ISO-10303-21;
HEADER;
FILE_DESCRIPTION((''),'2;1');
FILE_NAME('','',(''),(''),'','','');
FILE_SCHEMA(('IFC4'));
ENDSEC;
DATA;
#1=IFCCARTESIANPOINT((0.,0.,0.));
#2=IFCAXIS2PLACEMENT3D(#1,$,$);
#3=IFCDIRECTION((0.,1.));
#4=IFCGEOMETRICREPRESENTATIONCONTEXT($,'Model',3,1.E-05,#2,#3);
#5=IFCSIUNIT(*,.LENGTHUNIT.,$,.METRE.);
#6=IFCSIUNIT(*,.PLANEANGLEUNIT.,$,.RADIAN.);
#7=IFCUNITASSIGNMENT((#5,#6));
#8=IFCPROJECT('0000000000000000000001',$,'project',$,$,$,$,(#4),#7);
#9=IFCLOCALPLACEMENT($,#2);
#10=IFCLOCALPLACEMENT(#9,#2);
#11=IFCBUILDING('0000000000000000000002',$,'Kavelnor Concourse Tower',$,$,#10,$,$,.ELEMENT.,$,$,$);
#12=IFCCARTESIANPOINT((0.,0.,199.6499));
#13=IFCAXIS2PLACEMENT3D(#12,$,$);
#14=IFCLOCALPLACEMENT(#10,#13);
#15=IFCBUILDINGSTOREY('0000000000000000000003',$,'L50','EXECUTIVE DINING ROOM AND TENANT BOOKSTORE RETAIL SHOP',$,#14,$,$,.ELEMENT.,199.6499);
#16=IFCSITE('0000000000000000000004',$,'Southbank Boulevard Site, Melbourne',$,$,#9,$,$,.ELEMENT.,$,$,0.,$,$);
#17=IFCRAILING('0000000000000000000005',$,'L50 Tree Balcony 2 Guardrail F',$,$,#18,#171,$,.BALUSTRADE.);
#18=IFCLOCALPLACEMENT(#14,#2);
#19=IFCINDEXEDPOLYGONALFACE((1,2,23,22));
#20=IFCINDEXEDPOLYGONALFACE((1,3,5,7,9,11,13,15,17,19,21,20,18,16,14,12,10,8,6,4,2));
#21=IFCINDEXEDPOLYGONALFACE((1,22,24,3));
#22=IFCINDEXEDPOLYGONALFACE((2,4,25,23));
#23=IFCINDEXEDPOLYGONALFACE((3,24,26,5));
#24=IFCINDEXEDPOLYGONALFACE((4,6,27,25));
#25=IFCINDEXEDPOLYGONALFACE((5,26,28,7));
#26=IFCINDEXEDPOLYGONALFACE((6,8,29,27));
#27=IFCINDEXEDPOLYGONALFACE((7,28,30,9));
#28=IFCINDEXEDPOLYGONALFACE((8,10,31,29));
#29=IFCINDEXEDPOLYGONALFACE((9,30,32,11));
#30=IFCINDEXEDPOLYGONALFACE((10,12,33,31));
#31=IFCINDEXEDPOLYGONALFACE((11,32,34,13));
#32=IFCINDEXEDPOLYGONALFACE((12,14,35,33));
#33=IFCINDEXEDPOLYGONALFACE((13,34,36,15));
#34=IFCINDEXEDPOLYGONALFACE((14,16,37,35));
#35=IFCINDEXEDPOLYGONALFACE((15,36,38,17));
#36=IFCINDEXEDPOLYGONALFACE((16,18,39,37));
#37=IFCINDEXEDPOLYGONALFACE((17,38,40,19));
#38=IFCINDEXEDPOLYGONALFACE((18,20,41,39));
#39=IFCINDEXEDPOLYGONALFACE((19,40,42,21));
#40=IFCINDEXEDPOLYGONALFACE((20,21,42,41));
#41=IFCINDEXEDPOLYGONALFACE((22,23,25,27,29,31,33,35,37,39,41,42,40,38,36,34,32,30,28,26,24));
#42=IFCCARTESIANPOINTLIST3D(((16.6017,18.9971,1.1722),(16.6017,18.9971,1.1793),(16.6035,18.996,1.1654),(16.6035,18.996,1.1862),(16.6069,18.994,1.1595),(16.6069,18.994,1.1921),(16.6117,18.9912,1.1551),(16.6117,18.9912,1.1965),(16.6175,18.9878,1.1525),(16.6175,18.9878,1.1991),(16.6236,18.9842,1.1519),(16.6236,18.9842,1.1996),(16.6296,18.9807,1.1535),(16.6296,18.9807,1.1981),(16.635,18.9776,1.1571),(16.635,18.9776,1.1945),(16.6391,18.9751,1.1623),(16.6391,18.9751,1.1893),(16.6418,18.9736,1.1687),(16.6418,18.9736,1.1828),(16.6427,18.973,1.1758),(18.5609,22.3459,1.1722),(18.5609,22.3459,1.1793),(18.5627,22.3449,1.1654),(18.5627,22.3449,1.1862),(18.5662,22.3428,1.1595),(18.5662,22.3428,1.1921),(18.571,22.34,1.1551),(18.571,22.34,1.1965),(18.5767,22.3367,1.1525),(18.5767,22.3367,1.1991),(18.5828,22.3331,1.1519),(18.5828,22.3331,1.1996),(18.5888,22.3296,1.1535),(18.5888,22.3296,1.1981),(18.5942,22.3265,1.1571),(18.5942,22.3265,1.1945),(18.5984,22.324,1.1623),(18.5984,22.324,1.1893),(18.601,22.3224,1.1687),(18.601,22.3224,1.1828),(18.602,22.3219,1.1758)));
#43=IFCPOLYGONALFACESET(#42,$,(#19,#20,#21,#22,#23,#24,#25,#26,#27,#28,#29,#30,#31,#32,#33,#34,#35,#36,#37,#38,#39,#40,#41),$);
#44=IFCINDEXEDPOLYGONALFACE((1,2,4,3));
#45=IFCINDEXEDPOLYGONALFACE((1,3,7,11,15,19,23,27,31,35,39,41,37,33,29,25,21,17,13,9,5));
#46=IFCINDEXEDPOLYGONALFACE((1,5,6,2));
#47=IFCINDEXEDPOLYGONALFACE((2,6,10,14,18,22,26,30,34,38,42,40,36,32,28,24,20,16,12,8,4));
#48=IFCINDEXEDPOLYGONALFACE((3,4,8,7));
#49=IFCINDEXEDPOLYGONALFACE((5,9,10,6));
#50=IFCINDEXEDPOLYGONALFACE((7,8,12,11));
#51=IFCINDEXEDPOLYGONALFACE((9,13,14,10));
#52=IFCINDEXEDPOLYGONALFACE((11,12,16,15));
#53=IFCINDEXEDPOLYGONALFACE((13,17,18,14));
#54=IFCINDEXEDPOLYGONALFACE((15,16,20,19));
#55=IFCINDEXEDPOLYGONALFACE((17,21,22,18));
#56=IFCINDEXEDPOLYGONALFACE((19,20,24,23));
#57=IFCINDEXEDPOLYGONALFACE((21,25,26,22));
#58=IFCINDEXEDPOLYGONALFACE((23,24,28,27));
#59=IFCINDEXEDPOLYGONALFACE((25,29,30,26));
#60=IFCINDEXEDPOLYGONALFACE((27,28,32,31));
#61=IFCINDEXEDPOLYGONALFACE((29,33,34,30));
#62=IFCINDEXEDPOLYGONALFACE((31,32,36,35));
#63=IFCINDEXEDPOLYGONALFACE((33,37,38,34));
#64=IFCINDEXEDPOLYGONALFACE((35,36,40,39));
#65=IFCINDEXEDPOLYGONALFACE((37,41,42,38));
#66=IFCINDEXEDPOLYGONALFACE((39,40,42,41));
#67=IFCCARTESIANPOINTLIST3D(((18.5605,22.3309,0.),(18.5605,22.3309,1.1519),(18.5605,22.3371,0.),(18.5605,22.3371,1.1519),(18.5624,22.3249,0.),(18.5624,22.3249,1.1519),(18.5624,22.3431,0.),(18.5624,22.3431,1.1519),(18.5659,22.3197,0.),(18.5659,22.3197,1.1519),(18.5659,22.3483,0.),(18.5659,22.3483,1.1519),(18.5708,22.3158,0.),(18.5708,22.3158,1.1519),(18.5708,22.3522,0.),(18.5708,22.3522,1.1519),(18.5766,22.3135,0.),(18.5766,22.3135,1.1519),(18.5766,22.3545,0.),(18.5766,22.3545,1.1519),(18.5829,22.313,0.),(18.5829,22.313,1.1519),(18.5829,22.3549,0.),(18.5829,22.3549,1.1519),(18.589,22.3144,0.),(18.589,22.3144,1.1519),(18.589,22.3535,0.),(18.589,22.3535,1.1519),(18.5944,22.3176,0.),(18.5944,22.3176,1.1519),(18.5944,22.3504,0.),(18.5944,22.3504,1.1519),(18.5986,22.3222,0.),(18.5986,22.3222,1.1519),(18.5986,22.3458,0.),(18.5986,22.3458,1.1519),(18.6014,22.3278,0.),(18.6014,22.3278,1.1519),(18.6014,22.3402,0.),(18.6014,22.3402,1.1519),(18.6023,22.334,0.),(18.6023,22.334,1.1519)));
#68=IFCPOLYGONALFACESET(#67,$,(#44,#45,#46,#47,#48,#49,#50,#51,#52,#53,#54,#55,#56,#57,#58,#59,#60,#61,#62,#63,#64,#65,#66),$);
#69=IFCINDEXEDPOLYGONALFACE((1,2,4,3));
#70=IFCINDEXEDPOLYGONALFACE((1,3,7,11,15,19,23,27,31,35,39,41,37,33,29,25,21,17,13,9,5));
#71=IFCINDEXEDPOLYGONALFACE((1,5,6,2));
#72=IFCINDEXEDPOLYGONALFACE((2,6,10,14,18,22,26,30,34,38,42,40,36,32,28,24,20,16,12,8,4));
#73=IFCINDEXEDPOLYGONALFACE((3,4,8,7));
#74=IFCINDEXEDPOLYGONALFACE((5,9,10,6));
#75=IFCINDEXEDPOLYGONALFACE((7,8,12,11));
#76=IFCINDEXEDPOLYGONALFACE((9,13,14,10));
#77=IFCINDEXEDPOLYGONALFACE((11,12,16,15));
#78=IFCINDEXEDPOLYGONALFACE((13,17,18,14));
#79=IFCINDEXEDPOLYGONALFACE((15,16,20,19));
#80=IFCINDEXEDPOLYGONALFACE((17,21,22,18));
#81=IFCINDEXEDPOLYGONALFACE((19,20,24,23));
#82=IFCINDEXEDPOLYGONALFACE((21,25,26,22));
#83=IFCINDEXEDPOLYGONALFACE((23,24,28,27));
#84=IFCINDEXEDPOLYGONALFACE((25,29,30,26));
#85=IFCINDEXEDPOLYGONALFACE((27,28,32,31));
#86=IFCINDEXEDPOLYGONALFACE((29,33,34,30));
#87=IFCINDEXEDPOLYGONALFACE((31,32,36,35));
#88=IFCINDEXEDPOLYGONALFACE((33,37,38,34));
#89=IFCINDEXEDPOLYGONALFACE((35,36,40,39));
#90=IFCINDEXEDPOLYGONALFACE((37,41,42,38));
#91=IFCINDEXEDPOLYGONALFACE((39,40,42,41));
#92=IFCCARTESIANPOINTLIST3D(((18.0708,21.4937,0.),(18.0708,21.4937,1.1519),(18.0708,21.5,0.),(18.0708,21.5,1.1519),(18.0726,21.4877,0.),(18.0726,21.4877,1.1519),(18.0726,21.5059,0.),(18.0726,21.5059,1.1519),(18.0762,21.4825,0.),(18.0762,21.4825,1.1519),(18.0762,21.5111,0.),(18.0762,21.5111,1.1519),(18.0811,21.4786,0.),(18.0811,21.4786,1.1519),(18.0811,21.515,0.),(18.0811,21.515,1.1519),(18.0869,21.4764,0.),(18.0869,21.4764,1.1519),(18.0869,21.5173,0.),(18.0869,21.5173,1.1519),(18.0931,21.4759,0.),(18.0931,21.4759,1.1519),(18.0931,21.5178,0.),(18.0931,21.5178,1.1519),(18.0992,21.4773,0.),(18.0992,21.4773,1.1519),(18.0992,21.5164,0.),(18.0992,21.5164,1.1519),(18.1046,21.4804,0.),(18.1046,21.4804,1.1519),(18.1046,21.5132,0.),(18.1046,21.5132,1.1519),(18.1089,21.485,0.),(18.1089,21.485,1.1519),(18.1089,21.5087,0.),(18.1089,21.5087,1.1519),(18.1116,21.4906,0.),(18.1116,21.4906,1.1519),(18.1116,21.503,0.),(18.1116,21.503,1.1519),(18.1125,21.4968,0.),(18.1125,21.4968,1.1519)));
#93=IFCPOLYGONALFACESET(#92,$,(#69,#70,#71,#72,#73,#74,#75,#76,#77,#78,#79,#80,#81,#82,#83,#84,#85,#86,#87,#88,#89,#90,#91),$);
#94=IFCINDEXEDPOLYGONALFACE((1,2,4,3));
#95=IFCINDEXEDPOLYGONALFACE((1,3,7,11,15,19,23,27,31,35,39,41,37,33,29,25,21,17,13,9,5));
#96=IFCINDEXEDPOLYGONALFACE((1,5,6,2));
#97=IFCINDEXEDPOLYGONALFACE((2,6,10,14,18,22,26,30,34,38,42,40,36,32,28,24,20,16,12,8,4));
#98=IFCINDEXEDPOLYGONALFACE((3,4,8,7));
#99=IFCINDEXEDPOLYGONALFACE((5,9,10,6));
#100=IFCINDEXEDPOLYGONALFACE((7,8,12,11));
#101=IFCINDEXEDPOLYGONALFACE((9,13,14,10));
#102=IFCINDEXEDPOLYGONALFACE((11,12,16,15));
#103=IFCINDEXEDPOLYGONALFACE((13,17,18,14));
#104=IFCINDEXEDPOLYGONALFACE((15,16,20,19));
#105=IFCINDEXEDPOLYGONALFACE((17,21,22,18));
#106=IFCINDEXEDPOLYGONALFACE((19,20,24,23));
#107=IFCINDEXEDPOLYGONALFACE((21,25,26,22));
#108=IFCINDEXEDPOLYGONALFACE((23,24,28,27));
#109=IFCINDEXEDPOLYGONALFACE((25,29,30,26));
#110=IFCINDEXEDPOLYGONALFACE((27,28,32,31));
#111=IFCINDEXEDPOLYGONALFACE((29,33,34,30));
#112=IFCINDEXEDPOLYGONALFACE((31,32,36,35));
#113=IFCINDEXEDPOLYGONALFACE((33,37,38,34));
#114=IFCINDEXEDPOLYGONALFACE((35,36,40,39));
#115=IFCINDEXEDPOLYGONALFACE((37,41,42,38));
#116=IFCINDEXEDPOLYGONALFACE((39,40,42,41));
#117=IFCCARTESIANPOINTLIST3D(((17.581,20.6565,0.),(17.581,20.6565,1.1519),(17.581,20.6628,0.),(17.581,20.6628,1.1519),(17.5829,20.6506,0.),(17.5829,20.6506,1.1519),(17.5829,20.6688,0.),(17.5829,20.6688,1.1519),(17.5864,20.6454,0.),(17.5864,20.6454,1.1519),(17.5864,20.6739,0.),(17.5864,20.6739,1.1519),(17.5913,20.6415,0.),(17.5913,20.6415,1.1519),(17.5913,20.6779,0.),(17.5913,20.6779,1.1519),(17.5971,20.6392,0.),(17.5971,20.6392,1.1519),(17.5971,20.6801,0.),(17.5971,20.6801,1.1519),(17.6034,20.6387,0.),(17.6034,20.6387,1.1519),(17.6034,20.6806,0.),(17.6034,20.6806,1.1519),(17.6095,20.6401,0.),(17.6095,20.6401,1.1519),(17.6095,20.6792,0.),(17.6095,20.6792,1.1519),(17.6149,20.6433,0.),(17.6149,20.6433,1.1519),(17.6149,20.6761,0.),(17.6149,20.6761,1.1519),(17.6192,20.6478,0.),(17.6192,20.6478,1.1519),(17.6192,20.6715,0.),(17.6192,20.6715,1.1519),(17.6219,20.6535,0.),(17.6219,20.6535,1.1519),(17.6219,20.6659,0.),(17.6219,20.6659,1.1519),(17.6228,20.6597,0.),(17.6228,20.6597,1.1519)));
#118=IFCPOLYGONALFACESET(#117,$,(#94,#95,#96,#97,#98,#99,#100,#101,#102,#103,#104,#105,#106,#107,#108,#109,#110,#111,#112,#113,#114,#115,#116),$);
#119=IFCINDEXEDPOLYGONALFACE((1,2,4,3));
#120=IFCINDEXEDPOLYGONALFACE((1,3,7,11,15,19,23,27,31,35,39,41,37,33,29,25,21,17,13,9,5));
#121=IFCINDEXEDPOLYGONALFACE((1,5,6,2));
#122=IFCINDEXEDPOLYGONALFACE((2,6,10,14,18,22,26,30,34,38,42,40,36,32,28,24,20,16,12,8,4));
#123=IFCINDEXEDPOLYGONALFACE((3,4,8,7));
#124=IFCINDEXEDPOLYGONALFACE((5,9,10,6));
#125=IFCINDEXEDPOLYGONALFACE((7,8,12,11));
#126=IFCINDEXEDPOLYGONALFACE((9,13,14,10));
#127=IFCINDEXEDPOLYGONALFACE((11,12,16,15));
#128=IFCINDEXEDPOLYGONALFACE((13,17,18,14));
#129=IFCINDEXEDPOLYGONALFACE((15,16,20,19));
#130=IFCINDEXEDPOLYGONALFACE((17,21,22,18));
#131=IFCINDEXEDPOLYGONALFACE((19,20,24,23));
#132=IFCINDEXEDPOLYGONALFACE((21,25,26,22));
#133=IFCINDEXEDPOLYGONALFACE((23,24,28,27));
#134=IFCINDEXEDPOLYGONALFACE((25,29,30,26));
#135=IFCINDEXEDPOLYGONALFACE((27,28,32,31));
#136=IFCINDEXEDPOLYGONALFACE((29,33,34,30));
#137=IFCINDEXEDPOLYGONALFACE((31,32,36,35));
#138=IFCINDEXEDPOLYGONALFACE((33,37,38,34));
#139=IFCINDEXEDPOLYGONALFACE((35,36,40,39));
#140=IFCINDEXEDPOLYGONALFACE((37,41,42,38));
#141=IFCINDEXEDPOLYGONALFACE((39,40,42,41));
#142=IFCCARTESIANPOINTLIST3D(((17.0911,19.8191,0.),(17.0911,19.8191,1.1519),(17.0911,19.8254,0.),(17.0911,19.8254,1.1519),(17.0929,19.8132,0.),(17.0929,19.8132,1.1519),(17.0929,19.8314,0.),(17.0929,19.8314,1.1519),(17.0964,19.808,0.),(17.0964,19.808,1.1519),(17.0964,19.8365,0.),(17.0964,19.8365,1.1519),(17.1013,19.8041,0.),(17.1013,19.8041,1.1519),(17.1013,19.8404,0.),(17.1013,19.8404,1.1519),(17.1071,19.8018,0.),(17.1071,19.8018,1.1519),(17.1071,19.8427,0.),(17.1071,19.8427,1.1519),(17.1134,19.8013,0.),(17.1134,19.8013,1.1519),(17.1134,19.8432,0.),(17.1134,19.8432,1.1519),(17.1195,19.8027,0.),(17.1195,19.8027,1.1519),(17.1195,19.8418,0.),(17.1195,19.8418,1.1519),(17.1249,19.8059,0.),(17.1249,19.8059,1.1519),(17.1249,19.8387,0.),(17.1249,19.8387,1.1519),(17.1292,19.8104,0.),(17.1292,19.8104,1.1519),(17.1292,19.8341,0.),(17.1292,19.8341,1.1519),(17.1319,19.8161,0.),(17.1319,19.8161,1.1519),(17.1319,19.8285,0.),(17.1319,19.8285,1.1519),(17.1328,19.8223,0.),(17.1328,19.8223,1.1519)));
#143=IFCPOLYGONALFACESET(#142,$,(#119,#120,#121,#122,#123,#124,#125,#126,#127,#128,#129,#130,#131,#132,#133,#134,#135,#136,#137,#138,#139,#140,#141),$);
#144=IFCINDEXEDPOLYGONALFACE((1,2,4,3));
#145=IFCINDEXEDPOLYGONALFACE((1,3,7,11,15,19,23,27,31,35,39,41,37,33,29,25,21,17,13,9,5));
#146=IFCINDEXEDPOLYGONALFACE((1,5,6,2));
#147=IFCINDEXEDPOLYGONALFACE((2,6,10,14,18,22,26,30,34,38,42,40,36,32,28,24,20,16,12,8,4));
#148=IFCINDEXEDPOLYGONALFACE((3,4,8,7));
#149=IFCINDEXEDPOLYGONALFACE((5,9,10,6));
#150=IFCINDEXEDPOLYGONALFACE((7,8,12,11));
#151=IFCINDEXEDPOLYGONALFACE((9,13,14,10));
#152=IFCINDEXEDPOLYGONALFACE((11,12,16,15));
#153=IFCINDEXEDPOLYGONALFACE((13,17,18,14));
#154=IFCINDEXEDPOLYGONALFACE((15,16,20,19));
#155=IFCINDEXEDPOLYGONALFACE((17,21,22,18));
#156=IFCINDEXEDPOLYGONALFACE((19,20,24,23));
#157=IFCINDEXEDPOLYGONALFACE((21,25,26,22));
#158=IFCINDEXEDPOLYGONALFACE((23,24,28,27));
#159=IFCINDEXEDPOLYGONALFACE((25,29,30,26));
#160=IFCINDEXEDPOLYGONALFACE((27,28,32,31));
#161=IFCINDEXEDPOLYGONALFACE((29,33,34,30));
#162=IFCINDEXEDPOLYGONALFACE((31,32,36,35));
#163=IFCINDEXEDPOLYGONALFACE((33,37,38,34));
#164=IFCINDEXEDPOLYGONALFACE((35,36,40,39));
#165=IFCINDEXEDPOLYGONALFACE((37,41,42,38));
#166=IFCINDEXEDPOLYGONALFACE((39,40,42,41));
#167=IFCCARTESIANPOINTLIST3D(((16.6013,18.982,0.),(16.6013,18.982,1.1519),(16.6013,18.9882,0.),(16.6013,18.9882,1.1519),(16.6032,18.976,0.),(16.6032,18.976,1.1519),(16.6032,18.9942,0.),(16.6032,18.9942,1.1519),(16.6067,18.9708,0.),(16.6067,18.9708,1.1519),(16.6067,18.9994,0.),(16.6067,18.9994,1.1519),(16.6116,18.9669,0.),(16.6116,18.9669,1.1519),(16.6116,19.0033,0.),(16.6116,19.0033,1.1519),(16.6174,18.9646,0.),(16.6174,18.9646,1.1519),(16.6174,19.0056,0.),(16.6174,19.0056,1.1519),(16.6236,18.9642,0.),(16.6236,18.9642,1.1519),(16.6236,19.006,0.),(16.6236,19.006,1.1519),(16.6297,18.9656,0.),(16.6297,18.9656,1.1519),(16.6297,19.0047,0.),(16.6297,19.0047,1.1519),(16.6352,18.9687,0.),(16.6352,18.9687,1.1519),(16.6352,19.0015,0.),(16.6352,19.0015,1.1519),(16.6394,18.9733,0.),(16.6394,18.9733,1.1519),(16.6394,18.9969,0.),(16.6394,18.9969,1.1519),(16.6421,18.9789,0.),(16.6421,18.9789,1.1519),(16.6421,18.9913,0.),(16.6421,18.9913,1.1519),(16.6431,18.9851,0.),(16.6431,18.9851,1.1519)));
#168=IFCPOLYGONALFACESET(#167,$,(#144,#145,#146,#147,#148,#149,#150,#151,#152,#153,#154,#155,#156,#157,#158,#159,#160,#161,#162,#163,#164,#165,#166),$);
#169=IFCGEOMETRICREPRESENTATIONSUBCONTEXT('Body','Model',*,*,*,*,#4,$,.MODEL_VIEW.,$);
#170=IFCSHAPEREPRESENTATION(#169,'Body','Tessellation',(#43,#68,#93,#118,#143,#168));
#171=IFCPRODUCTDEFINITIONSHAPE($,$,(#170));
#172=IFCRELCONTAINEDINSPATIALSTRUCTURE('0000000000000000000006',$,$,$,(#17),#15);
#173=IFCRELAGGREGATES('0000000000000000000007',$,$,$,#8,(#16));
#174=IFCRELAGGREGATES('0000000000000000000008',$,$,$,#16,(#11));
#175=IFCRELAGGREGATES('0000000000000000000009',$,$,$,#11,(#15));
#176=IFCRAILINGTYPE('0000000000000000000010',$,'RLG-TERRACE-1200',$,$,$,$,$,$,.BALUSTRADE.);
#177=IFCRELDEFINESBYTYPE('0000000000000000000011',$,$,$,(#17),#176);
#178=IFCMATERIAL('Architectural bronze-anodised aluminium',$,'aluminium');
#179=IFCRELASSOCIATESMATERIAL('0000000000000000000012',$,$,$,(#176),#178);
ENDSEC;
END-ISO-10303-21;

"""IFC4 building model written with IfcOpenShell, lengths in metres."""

from ifc_helpers import new_model, si_unit, direction, frame, origin, origin_2d, place, context, subcontext, project, spatial, circle, extrude, material, type_object, element, save


model = new_model("IFC4")

# Units and contexts
model_context = context("Model", 3, precision=1e-05, world=origin(), true_north=direction((0.0, 1.0)))
body_context = subcontext(model_context, "Body", "Model", "MODEL_VIEW")
ifc_project = project(units=[si_unit("LENGTHUNIT", "METRE"), si_unit("PLANEANGLEUNIT", "RADIAN")], contexts=[model_context])

# Site, building, storey
site_placement = place(None, origin())
site = spatial("IfcSite", under=ifc_project, at=site_placement, Name="Southbank Boulevard Site, Melbourne", CompositionType="ELEMENT", RefElevation=0.0)
building_placement = place(site_placement, origin())
building = spatial("IfcBuilding", under=site, at=building_placement, Name="Kavelnor Concourse Tower", CompositionType="ELEMENT")
storey_placement = place(building_placement, frame((0.0, 0.0, 199.6499)))
storey = spatial("IfcBuildingStorey", under=building, at=storey_placement, Name="L50", Description="EXECUTIVE DINING ROOM AND TENANT BOOKSTORE RETAIL SHOP", CompositionType="ELEMENT", Elevation=199.6499)

# Railing
ifc_material_1 = material(Name="Architectural bronze-anodised aluminium", Category="aluminium")
railing_type = type_object("IfcRailingType", Name="RLG-TERRACE-1200", PredefinedType="BALUSTRADE", material=ifc_material_1)
railing_1_placement = place(storey_placement, frame((18.5813, 22.334, 0.0)))
element("IfcRailing", 1, at=railing_1_placement, inside=storey, type_object=railing_type, Name="L50 Tree Balcony 2 Guardrail F", PredefinedType="BALUSTRADE", context=body_context, shape_type="SweptSolid", body=[
    extrude(circle(Radius=0.0239, at=origin_2d()), frame((0.0, 0.0, 1.1758), z_axis=(-0.50497, -0.863137, 0.0), x_axis=(0.863137, -0.50497, 0.0)), (0.0, 0.0, 1.0), 3.8799),
    extrude(circle(Radius=0.021, at=origin_2d()), origin(), (0.0, 0.0, 1.0), 1.1519),
    extrude(circle(Radius=0.021, at=origin_2d()), frame((-0.4897, -0.8372, 0.0)), (0.0, 0.0, 1.0), 1.1519),
    extrude(circle(Radius=0.021, at=origin_2d()), frame((-0.9795, -1.6743, 0.0)), (0.0, 0.0, 1.0), 1.1519),
    extrude(circle(Radius=0.021, at=origin_2d()), frame((-1.4695, -2.5117, 0.0)), (0.0, 0.0, 1.0), 1.1519),
    extrude(circle(Radius=0.021, at=origin_2d()), frame((-1.9592, -3.3489, 0.0)), (0.0, 0.0, 1.0), 1.1519),
])

save(model, "model.ifc")
